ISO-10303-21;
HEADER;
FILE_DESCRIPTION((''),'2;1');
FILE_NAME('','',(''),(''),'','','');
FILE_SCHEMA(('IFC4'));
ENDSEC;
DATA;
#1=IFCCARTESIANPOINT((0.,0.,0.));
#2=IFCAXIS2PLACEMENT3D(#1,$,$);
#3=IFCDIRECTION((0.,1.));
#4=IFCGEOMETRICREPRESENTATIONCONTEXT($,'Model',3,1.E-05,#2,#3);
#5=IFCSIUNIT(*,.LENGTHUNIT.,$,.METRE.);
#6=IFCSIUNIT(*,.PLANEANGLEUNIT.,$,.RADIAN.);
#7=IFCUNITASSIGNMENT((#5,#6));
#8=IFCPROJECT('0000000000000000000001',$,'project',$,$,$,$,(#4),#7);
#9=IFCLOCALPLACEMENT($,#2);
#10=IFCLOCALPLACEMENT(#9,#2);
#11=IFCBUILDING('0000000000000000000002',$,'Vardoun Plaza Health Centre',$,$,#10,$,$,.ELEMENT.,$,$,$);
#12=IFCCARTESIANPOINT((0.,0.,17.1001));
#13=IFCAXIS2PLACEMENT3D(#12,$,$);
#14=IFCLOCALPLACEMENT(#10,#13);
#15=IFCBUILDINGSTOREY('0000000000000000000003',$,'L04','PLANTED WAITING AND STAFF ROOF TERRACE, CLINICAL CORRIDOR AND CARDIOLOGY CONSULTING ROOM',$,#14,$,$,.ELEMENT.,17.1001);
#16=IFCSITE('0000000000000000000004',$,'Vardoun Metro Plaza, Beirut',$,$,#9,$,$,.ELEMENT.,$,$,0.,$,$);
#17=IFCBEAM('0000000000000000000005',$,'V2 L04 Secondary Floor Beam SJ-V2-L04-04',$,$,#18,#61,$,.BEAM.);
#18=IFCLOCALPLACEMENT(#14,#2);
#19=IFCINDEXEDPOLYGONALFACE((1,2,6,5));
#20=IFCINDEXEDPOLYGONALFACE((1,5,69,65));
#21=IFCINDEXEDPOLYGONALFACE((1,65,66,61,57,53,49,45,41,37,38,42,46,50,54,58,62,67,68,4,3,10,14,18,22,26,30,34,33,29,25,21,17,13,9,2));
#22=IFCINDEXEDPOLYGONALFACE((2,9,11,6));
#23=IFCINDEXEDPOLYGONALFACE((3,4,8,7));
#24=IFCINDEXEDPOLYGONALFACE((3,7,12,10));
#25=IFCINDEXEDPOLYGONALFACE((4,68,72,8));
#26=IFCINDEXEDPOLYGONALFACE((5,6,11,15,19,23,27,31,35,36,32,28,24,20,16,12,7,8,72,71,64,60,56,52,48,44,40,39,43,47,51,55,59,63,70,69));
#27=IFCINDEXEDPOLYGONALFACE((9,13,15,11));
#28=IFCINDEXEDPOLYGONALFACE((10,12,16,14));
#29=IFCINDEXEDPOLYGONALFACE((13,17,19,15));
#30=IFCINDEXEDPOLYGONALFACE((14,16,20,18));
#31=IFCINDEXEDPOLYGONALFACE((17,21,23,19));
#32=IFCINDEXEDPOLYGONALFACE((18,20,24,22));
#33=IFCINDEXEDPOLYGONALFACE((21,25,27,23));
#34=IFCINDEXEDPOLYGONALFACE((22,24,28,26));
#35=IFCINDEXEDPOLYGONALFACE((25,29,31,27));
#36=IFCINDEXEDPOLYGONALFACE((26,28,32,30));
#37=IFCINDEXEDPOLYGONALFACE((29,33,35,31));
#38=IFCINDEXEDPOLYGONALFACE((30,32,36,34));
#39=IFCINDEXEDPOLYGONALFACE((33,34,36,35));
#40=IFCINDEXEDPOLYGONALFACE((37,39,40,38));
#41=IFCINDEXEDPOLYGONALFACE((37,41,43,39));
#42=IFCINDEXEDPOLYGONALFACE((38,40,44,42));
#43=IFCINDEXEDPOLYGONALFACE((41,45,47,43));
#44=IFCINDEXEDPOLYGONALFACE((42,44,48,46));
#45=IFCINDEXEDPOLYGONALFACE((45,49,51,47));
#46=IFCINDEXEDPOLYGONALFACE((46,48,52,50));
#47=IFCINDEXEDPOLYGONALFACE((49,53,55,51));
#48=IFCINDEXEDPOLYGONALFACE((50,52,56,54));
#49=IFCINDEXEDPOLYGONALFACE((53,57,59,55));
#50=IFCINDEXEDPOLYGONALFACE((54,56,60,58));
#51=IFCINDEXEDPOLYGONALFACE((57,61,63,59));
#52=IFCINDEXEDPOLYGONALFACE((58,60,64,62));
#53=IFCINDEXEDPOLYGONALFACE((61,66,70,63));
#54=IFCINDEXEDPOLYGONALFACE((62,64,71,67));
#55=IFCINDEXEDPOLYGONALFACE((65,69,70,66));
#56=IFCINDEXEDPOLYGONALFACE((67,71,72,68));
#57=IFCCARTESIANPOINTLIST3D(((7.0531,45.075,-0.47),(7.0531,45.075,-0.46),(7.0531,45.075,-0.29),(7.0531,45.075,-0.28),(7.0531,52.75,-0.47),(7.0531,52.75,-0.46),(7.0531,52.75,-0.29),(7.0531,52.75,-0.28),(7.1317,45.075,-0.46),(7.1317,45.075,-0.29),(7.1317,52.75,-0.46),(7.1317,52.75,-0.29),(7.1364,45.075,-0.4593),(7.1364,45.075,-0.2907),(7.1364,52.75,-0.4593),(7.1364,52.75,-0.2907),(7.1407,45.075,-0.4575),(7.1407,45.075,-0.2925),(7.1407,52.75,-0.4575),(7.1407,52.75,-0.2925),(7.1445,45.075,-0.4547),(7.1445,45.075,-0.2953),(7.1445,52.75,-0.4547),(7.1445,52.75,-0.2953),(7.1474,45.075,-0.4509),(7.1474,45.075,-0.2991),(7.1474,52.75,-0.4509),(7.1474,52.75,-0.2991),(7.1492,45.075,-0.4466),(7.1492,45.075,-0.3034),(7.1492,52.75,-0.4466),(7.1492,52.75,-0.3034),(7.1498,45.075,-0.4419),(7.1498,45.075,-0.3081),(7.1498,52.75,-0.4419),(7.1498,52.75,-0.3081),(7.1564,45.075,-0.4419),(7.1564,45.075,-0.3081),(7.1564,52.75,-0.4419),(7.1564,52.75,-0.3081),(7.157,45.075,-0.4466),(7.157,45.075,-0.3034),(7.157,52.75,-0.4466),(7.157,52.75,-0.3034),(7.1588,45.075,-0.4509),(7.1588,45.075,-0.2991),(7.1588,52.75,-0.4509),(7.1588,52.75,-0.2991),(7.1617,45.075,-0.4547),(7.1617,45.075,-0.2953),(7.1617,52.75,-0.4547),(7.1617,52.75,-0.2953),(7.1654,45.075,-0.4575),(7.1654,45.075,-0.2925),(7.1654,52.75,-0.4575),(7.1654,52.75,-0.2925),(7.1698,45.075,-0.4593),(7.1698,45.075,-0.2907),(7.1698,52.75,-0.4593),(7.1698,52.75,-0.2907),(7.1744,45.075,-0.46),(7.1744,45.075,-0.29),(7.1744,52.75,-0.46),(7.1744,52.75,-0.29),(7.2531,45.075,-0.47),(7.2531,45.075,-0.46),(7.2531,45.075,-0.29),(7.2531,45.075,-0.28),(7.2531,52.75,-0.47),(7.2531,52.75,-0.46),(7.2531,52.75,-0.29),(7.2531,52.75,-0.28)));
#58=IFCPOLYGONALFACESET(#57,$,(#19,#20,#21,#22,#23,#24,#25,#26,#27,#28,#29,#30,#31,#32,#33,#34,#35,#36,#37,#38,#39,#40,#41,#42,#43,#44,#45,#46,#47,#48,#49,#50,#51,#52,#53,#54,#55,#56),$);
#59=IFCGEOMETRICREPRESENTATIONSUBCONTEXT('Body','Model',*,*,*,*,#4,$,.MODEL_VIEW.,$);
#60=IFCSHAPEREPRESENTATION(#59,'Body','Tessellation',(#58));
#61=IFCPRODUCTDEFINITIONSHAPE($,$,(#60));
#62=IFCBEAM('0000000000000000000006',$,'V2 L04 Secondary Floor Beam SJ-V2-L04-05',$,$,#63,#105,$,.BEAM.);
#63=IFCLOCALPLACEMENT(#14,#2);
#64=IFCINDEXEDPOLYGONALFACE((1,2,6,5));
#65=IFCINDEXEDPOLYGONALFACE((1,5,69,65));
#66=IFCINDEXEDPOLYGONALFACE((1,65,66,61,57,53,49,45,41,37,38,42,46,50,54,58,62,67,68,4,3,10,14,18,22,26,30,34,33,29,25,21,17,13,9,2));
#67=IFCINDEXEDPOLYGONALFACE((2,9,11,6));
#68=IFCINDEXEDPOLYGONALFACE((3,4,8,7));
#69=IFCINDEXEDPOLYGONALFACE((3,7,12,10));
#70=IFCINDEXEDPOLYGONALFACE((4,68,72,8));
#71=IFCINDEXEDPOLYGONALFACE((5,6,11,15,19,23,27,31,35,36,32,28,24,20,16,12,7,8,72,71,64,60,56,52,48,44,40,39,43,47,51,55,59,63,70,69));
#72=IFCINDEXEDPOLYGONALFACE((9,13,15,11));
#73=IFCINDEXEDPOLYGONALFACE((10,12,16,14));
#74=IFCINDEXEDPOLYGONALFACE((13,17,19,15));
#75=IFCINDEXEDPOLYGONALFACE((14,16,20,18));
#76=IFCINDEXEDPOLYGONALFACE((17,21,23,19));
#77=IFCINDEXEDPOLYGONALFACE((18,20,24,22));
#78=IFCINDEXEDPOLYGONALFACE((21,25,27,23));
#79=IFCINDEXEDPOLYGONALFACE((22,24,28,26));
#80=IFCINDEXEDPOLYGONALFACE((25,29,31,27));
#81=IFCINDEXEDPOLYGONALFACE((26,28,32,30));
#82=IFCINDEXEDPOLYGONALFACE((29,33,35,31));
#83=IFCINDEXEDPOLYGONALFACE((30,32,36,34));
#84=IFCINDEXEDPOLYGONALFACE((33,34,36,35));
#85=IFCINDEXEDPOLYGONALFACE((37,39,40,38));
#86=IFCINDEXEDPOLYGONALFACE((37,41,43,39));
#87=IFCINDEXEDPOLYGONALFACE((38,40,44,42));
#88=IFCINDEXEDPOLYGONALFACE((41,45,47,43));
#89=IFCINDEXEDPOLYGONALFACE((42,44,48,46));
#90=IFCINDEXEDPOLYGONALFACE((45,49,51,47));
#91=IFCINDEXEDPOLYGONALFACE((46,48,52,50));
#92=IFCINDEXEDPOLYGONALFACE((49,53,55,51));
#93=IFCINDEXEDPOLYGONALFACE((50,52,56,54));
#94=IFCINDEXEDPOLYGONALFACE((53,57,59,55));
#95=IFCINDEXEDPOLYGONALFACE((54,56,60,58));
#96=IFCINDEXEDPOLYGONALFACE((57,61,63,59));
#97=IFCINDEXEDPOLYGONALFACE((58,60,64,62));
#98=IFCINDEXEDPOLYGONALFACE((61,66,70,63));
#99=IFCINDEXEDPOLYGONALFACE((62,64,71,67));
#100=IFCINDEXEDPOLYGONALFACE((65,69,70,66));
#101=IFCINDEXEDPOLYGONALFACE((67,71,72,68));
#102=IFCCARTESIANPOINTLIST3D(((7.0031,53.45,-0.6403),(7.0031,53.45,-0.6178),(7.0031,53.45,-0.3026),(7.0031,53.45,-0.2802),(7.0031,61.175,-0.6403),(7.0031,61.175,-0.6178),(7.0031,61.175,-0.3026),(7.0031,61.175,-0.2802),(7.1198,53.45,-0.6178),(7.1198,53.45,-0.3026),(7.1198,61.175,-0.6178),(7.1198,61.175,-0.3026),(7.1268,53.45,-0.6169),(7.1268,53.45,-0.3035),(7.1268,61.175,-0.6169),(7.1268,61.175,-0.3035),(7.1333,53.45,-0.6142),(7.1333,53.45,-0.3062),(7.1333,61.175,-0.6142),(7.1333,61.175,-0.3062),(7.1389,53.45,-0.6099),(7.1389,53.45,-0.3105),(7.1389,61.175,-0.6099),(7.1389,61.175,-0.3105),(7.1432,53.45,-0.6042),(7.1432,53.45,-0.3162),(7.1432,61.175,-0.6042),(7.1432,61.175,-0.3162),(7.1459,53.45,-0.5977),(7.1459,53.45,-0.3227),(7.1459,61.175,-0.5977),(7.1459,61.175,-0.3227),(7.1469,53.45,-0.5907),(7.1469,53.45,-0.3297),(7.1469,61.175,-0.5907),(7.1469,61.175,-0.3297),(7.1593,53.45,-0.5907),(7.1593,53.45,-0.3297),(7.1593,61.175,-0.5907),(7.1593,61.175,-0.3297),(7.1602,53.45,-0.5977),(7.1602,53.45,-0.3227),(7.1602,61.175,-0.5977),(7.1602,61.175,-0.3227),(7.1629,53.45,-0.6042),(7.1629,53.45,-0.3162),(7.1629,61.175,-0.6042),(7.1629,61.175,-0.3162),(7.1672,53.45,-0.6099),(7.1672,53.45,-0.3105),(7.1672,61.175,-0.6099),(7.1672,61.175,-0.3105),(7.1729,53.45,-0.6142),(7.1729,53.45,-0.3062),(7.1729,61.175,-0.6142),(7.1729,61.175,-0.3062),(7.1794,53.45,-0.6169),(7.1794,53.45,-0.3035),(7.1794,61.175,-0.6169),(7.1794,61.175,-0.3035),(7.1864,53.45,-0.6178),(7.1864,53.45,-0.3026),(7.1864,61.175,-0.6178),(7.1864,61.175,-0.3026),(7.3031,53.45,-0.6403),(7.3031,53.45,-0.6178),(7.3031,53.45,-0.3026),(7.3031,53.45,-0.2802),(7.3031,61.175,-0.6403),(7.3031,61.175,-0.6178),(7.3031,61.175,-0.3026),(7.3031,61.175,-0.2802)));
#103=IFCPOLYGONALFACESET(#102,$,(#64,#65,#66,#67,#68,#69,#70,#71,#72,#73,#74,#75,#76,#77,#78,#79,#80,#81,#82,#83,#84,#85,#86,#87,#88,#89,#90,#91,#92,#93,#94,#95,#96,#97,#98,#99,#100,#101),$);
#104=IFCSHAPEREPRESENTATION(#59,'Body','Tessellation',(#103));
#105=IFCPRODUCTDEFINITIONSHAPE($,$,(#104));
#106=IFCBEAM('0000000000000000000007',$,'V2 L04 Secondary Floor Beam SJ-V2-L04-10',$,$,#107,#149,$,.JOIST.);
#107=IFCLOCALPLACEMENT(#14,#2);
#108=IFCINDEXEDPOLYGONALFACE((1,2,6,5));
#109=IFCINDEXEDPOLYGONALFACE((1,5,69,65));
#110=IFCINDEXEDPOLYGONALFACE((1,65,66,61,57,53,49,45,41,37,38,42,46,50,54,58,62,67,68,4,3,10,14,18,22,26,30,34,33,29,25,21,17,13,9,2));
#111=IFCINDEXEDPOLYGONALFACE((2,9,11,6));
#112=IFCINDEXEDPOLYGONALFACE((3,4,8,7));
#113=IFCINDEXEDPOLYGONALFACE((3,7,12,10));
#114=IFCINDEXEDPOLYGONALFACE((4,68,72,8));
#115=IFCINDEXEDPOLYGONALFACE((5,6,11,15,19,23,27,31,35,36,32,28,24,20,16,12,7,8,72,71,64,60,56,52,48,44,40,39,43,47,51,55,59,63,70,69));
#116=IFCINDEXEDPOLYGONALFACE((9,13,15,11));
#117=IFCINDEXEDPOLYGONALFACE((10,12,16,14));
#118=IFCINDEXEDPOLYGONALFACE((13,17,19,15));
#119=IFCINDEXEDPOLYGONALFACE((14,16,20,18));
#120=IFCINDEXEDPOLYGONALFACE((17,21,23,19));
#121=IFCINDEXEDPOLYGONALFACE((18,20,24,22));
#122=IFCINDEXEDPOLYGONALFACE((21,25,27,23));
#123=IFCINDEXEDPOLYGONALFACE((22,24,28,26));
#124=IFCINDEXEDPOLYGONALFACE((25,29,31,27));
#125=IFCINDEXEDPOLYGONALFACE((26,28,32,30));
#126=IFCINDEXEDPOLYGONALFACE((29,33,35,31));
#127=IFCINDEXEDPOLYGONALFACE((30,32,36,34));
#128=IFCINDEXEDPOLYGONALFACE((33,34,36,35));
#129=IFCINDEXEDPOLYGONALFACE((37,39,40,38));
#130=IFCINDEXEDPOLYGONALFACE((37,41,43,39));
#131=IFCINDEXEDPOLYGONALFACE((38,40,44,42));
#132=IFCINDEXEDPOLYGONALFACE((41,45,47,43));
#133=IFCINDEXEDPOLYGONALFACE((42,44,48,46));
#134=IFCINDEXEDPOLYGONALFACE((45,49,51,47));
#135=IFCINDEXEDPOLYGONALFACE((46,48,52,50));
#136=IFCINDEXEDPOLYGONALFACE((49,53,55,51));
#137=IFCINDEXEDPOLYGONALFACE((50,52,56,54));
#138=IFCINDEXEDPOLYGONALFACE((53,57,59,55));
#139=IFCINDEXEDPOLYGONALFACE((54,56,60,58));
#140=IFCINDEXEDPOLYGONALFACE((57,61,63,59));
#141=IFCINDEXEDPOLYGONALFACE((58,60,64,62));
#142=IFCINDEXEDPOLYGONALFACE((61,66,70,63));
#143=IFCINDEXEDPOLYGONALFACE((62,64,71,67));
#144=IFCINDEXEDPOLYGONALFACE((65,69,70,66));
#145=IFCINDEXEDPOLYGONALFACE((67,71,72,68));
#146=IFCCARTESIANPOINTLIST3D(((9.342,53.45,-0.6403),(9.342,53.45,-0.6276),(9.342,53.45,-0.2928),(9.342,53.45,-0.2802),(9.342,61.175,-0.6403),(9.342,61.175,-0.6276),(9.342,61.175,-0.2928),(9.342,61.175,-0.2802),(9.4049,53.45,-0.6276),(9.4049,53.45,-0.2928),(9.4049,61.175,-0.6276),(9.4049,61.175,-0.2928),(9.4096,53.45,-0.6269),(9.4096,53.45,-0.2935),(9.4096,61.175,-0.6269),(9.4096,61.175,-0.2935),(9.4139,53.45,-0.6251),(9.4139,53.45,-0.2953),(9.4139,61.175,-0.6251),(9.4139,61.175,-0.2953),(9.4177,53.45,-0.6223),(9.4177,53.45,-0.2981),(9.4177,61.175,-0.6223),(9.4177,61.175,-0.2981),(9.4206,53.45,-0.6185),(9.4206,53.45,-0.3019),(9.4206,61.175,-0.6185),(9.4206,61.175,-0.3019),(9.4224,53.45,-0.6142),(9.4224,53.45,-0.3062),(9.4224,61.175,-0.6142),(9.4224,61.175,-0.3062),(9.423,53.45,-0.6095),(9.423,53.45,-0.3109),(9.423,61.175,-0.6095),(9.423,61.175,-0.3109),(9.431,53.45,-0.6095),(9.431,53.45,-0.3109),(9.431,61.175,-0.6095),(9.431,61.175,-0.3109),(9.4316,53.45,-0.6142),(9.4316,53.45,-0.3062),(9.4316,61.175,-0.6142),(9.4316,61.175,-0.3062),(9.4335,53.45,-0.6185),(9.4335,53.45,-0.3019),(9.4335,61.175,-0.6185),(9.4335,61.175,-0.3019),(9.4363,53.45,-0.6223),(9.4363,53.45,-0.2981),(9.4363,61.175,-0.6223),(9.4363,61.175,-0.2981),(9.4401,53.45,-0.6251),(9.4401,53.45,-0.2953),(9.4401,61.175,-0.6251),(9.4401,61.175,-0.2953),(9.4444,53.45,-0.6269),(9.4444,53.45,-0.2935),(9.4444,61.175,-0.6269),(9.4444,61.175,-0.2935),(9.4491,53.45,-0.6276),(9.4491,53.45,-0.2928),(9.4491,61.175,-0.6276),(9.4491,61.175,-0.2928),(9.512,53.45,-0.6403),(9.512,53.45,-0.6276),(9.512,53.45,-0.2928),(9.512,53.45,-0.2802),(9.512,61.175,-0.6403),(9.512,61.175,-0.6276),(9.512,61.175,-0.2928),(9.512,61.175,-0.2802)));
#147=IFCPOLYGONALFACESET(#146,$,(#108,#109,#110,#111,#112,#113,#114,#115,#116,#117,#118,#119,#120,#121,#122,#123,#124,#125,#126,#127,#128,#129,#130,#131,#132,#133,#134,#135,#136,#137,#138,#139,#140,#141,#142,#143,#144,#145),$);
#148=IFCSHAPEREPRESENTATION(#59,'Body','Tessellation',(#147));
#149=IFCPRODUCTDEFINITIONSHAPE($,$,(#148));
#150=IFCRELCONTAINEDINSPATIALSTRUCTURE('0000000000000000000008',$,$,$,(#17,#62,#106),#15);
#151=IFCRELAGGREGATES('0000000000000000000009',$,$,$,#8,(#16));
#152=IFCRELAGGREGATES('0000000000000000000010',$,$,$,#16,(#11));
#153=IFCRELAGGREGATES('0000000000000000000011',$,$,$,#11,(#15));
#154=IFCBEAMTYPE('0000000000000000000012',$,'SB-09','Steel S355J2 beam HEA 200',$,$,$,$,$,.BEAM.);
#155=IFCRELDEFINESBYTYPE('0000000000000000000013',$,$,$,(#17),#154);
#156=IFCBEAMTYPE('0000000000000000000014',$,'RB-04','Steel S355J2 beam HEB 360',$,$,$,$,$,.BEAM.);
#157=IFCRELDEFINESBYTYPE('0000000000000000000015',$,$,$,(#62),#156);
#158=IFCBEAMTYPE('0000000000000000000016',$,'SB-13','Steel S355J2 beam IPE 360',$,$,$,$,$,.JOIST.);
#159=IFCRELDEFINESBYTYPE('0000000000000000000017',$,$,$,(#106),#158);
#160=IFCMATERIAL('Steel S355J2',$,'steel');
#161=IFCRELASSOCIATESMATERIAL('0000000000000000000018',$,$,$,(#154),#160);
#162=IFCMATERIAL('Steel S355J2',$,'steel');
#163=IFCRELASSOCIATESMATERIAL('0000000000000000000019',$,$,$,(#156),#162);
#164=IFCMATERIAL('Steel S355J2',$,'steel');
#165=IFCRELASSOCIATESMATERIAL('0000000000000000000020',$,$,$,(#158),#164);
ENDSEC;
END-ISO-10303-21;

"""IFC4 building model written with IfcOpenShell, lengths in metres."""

from ifc_helpers import new_model, si_unit, direction, frame, origin, origin_2d, place, context, subcontext, project, spatial, i_section, extrude, material, material_profile, profile_set, type_object, element, save


model = new_model("IFC4")

# Units and contexts
model_context = context("Model", 3, precision=1e-05, world=origin(), true_north=direction((0.0, 1.0)))
body_context = subcontext(model_context, "Body", "Model", "MODEL_VIEW")
ifc_project = project(units=[si_unit("LENGTHUNIT", "METRE"), si_unit("PLANEANGLEUNIT", "RADIAN")], contexts=[model_context])

# Site, building, storey
site_placement = place(None, origin())
site = spatial("IfcSite", under=ifc_project, at=site_placement, Name="Vardoun Metro Plaza, Beirut", CompositionType="ELEMENT", RefElevation=0.0)
building_placement = place(site_placement, origin())
building = spatial("IfcBuilding", under=site, at=building_placement, Name="Vardoun Plaza Health Centre", CompositionType="ELEMENT")
storey_placement = place(building_placement, frame((0.0, 0.0, 17.1001)))
storey = spatial("IfcBuildingStorey", under=building, at=storey_placement, Name="L04", Description="PLANTED WAITING AND STAFF ROOF TERRACE, CLINICAL CORRIDOR AND CARDIOLOGY CONSULTING ROOM", CompositionType="ELEMENT", Elevation=17.1001)

# Beams
ifc_material_1 = material(Name="Steel S355J2", Category="steel")
ifc_material_profile_1 = material_profile(ifc_material_1, i_section(OverallWidth=0.2, OverallDepth=0.1899, WebThickness=0.0066, FlangeThickness=0.01, FilletRadius=0.0181, at=origin_2d()), Name="HEA 200")
ifc_profile_set_1 = profile_set([ifc_material_profile_1], Name="Steel S355J2")
beam_type_1 = type_object("IfcBeamType", Name="SB-09", Description="Steel S355J2 beam HEA 200", PredefinedType="BEAM", material=ifc_profile_set_1)
beam_1_placement = place(storey_placement, frame((7.1531, 45.075, -0.375), z_axis=(0.0, 1.0, 0.0), x_axis=(-1.0, 0.0, 0.0)))
element("IfcBeam", 1, at=beam_1_placement, inside=storey, type_object=beam_type_1, Name="V2 L04 Secondary Floor Beam SJ-V2-L04-04", PredefinedType="BEAM", context=body_context, shape_type="SweptSolid", body=[
    extrude(i_section(OverallWidth=0.2, OverallDepth=0.1899, WebThickness=0.0066, FlangeThickness=0.01, FilletRadius=0.0181, at=origin_2d()), origin(), (0.0, 0.0, 1.0), 7.675),
])
ifc_material_2 = material(Name="Steel S355J2", Category="steel")
ifc_material_profile_2 = material_profile(ifc_material_2, i_section(OverallWidth=0.3, OverallDepth=0.3601, WebThickness=0.0125, FlangeThickness=0.0225, FilletRadius=0.0271, at=origin_2d()), Name="HEB 360")
ifc_profile_set_2 = profile_set([ifc_material_profile_2], Name="Steel S355J2")
beam_type_2 = type_object("IfcBeamType", Name="RB-04", Description="Steel S355J2 beam HEB 360", PredefinedType="BEAM", material=ifc_profile_set_2)
beam_2_placement = place(storey_placement, frame((7.1531, 53.45, -0.4602), z_axis=(0.0, 1.0, 0.0), x_axis=(-1.0, 0.0, 0.0)))
element("IfcBeam", 2, at=beam_2_placement, inside=storey, type_object=beam_type_2, Name="V2 L04 Secondary Floor Beam SJ-V2-L04-05", PredefinedType="BEAM", context=body_context, shape_type="SweptSolid", body=[
    extrude(i_section(OverallWidth=0.3, OverallDepth=0.3601, WebThickness=0.0125, FlangeThickness=0.0225, FilletRadius=0.0271, at=origin_2d()), origin(), (0.0, 0.0, 1.0), 7.7251),
])
ifc_material_3 = material(Name="Steel S355J2", Category="steel")
ifc_material_profile_3 = material_profile(ifc_material_3, i_section(OverallWidth=0.1699, OverallDepth=0.3601, WebThickness=0.0081, FlangeThickness=0.0127, FilletRadius=0.0181, at=origin_2d()), Name="IPE 360")
ifc_profile_set_3 = profile_set([ifc_material_profile_3], Name="Steel S355J2")
beam_type_3 = type_object("IfcBeamType", Name="SB-13", Description="Steel S355J2 beam IPE 360", PredefinedType="JOIST", material=ifc_profile_set_3)
beam_3_placement = place(storey_placement, frame((9.427, 53.45, -0.4602), z_axis=(0.0, 1.0, 0.0), x_axis=(-1.0, 0.0, 0.0)))
element("IfcBeam", 3, at=beam_3_placement, inside=storey, type_object=beam_type_3, Name="V2 L04 Secondary Floor Beam SJ-V2-L04-10", PredefinedType="JOIST", context=body_context, shape_type="SweptSolid", body=[
    extrude(i_section(OverallWidth=0.1699, OverallDepth=0.3601, WebThickness=0.0081, FlangeThickness=0.0127, FilletRadius=0.0181, at=origin_2d()), origin(), (0.0, 0.0, 1.0), 7.7251),
])

save(model, "model.ifc")
